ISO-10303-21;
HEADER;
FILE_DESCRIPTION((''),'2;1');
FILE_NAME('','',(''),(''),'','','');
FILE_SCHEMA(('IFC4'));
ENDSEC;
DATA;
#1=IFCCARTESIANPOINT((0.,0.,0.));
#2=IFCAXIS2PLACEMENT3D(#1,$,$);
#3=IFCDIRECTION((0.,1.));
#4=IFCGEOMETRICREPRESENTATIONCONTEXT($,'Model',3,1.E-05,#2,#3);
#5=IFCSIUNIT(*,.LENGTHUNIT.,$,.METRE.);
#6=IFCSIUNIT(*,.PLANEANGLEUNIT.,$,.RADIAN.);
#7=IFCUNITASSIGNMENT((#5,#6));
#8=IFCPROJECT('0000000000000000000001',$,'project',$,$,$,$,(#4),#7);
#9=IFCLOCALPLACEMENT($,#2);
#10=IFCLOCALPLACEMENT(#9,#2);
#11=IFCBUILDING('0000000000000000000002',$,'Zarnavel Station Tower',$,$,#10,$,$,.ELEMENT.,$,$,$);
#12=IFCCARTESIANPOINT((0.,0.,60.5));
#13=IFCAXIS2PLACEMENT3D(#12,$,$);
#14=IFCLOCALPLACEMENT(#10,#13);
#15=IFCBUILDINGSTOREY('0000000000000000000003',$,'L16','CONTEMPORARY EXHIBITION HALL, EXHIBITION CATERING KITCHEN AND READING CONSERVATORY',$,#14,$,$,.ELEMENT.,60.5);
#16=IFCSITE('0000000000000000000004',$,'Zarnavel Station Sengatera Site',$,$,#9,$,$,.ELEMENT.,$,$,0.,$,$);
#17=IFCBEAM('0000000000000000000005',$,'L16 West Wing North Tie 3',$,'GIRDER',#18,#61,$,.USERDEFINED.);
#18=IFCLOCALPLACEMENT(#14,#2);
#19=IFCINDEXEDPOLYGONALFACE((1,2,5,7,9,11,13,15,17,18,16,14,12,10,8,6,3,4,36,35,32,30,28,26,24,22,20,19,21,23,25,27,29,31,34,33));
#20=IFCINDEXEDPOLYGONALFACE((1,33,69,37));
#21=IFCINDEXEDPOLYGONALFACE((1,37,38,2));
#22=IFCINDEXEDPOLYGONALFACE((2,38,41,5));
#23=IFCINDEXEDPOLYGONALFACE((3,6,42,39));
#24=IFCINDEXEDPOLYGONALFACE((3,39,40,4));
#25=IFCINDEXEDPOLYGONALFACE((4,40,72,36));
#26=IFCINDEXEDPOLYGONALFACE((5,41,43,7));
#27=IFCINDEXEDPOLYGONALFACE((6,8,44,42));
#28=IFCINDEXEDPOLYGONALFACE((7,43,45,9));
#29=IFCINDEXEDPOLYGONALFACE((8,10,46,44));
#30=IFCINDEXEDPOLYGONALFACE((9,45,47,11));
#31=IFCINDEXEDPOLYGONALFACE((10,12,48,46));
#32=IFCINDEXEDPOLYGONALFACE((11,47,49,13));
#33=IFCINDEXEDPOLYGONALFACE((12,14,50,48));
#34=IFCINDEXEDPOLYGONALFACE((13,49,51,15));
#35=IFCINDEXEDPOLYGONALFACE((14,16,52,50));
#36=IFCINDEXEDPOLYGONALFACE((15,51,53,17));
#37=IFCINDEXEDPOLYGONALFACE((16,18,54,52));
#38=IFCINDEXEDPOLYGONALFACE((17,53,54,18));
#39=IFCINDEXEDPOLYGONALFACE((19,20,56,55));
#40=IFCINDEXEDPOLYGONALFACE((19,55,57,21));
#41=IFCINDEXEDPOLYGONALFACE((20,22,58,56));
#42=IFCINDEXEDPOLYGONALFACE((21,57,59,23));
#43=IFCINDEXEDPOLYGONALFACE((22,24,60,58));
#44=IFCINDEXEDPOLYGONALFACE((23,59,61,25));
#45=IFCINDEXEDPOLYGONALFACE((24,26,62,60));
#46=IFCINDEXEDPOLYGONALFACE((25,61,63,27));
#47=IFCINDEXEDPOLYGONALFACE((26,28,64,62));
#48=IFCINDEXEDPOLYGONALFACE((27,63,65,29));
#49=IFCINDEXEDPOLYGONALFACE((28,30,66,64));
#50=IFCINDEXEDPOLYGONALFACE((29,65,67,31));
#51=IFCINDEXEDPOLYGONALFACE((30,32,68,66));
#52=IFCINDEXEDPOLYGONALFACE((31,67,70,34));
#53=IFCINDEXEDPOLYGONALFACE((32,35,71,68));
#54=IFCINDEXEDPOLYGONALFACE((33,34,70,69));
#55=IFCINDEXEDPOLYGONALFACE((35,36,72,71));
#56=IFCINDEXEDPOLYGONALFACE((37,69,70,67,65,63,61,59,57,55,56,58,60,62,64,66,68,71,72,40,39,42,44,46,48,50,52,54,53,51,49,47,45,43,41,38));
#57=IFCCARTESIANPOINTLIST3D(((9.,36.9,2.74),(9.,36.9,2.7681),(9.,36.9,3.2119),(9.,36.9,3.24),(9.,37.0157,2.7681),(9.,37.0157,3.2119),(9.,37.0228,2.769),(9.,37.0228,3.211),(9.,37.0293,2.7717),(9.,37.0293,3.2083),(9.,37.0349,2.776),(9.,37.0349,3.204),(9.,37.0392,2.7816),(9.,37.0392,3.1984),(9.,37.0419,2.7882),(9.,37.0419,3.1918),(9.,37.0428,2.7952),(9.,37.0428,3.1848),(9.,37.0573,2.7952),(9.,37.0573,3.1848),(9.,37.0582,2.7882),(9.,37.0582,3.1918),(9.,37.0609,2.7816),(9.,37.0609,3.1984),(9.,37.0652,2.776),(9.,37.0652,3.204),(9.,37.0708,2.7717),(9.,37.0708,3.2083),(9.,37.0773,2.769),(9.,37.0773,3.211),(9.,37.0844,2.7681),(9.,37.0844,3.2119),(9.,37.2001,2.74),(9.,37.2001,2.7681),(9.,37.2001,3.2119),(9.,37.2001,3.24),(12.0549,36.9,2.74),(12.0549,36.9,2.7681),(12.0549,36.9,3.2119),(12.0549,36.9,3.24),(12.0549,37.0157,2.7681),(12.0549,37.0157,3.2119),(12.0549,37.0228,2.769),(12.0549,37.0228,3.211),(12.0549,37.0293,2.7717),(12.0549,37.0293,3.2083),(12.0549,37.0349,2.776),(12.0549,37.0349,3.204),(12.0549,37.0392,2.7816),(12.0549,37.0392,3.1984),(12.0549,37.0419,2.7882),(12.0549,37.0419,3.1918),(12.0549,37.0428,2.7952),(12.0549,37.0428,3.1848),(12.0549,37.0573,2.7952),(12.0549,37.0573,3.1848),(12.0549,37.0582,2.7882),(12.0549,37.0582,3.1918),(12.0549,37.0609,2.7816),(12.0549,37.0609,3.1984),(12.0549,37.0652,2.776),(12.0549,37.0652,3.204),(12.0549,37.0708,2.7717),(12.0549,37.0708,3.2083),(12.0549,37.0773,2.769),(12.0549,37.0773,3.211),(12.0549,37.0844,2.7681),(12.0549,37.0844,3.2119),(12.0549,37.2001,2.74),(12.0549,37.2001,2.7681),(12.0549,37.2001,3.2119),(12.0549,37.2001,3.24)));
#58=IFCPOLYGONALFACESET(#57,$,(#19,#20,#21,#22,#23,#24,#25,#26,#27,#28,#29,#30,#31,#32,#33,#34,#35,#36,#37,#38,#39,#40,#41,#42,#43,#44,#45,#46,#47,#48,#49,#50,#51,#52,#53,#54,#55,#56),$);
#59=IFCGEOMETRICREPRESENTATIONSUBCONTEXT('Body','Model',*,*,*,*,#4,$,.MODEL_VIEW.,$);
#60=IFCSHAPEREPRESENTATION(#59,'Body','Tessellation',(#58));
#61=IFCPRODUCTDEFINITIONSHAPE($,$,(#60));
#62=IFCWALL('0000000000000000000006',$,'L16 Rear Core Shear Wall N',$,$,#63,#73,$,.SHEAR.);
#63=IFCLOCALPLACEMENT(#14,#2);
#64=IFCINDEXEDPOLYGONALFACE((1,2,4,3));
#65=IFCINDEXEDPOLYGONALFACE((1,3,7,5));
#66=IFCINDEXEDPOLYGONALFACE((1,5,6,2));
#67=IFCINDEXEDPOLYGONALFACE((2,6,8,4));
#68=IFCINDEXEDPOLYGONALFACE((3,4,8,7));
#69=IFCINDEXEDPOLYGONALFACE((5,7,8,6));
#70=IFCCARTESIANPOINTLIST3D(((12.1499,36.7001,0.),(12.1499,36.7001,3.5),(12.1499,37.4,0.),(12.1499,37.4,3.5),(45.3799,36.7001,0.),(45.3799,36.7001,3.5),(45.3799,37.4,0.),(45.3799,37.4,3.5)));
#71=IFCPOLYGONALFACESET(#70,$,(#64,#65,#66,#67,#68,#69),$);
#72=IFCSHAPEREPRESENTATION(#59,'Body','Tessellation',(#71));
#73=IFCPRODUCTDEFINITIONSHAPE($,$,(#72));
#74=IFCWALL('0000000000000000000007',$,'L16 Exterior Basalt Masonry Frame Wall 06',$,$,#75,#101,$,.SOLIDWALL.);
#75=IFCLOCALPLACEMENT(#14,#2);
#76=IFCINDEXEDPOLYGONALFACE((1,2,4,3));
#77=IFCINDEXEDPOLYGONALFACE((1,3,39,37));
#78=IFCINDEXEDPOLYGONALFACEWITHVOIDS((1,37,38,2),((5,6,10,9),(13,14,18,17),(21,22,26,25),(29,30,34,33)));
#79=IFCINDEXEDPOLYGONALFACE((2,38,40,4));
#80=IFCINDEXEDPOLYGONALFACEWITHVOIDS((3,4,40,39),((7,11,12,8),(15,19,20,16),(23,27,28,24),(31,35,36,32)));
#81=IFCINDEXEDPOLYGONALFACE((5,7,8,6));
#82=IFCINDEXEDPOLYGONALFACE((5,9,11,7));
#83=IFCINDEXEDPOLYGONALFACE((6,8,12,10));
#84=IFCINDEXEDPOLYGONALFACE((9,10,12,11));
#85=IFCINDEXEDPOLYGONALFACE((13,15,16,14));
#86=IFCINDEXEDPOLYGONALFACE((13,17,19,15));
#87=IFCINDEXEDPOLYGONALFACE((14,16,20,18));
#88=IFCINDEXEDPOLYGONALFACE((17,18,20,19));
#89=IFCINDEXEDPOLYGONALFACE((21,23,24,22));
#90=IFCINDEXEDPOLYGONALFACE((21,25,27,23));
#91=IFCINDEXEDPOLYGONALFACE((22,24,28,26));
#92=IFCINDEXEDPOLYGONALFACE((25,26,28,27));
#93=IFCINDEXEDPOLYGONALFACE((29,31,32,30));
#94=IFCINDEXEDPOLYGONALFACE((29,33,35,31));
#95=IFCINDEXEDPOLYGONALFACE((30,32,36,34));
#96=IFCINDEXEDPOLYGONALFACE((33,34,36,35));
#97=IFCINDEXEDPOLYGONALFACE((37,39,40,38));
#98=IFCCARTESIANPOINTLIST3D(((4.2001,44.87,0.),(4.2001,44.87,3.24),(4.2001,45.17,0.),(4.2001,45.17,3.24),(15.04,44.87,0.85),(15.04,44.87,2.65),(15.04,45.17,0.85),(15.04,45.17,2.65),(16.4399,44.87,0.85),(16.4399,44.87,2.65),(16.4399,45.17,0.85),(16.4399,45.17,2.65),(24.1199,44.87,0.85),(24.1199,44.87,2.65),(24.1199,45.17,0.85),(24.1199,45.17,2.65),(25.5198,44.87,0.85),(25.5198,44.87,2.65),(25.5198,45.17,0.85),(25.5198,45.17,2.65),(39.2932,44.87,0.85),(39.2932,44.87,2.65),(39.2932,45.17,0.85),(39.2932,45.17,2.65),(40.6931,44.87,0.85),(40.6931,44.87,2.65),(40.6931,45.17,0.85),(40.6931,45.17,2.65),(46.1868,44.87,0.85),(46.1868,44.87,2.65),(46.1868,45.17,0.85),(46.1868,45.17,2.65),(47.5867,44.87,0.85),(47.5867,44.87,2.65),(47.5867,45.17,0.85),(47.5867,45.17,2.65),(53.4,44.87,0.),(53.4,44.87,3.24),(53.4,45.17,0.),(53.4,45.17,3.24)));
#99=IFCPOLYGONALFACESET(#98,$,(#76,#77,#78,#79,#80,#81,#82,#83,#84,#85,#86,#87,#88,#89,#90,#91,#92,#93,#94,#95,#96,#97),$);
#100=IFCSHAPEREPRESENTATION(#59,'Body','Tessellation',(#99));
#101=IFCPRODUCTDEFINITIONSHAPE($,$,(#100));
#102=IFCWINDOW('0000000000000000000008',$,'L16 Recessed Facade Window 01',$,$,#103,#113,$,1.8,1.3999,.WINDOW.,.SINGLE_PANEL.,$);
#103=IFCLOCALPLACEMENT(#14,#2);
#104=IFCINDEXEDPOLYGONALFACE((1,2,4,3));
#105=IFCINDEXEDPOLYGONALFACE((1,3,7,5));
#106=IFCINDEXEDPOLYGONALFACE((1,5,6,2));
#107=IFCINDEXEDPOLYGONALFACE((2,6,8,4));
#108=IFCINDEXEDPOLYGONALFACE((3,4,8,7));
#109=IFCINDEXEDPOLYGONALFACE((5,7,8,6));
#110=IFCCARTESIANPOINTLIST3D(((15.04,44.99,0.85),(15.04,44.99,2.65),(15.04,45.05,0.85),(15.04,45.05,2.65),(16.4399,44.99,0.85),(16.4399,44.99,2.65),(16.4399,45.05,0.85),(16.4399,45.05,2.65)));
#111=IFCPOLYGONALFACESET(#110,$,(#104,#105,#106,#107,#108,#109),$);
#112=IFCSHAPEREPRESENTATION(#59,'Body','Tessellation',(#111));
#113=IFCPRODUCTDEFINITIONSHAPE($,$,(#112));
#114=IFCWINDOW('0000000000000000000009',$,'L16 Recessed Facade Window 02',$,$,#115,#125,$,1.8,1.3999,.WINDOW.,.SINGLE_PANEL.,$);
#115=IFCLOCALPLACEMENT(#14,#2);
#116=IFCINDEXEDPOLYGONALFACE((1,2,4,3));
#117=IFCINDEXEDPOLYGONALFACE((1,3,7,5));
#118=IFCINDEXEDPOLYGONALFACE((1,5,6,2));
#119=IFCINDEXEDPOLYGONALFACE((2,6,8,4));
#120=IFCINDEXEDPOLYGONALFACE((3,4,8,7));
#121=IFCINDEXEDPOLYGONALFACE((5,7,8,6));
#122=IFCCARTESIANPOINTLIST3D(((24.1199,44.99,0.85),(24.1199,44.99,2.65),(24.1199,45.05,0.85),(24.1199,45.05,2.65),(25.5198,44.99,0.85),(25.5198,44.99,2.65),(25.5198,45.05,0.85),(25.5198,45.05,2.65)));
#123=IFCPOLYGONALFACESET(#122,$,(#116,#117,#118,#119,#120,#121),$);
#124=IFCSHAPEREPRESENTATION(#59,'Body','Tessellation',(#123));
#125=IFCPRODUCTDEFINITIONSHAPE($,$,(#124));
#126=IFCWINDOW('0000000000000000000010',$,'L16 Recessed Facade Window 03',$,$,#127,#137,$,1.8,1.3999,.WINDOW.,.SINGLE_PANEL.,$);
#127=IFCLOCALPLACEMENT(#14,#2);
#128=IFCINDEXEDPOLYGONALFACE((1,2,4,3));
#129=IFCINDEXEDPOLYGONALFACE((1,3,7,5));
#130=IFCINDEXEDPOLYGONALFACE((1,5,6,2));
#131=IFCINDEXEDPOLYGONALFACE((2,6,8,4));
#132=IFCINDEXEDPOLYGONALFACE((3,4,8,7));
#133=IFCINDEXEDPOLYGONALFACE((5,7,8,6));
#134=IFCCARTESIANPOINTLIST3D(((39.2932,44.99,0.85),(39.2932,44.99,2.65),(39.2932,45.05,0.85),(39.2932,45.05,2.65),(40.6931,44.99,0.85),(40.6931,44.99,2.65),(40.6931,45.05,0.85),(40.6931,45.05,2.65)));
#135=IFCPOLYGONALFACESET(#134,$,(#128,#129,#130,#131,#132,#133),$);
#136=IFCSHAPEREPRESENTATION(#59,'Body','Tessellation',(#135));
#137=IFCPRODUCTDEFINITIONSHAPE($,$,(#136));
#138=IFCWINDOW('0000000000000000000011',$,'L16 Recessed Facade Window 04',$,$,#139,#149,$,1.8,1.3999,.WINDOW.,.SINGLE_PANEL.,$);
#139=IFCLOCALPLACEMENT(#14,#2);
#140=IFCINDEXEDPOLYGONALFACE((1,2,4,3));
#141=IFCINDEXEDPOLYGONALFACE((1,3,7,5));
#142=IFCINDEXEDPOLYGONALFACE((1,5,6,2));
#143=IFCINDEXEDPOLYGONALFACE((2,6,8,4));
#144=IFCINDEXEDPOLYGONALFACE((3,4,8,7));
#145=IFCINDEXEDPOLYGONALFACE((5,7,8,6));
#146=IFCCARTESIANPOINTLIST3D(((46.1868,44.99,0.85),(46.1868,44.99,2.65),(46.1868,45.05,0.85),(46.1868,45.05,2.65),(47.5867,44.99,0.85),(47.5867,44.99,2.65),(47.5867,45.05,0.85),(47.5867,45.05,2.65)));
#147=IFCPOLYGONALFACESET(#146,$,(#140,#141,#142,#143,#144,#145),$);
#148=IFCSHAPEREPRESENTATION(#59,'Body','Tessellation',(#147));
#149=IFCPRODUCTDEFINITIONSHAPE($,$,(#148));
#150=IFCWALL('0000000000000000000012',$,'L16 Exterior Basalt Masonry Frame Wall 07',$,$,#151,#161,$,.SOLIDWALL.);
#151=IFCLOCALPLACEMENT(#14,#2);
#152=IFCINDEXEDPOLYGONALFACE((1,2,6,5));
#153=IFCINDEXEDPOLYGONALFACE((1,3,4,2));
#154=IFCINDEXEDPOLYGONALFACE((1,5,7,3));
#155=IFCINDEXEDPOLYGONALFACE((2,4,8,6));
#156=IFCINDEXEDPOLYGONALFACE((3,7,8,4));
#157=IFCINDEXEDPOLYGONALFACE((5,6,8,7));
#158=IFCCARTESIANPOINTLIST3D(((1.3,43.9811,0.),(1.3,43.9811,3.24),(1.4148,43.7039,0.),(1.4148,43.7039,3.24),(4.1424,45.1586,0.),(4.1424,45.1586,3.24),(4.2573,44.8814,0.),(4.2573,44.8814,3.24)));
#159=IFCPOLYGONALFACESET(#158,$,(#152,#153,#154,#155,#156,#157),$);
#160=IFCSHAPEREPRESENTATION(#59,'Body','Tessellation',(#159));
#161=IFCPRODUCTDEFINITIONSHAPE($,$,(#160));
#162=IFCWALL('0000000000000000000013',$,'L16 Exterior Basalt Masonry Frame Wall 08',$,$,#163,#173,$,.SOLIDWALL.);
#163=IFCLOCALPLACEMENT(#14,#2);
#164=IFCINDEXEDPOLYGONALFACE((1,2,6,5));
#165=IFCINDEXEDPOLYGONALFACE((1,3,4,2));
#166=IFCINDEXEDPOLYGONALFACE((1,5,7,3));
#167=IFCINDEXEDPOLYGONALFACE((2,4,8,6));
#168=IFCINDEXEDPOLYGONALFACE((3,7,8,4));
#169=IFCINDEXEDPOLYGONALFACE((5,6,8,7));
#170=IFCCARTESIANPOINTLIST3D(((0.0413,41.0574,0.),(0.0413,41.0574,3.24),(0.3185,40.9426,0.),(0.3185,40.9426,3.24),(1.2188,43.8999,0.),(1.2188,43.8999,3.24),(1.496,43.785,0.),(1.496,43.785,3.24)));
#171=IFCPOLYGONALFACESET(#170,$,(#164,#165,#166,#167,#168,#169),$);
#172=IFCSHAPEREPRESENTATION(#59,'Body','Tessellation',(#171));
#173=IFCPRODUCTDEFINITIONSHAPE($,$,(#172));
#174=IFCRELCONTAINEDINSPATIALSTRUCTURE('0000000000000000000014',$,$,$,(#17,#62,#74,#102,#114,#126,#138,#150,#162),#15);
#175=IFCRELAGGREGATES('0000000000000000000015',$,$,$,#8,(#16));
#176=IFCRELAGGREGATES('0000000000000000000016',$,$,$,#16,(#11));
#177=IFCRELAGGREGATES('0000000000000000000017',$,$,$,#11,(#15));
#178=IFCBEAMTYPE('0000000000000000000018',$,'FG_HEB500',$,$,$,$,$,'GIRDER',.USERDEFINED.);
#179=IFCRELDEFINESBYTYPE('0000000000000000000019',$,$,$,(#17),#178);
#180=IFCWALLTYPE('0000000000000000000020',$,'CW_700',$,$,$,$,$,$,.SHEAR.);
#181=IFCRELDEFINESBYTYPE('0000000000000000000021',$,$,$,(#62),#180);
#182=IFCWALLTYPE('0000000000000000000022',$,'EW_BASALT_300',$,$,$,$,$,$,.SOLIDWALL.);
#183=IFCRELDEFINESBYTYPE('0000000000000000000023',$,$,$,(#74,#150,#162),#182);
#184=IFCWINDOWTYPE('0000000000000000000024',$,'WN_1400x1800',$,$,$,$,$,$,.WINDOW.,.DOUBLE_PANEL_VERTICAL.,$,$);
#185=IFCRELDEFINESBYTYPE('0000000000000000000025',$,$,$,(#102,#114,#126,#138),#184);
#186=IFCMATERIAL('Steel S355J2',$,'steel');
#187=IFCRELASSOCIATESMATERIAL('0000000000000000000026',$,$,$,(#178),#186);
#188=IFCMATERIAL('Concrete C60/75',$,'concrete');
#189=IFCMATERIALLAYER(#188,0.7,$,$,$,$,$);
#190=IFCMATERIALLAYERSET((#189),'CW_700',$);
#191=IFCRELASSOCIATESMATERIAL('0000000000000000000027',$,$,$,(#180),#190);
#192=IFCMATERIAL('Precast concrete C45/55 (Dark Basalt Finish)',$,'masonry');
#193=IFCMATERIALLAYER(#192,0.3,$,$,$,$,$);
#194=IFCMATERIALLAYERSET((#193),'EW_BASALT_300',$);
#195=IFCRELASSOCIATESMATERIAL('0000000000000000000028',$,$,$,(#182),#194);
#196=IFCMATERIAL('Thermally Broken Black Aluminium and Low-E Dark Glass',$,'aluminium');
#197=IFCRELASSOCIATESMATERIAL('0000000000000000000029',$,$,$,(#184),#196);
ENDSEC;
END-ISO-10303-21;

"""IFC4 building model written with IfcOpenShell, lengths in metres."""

from ifc_helpers import new_model, si_unit, direction, frame, frame_2d, origin, origin_2d, place, context, subcontext, project, spatial, rectangle, i_section, extrude, material, layer, layer_set, material_profile, profile_set, type_object, element, fill, save


model = new_model("IFC4")

# Units and contexts
model_context = context("Model", 3, precision=1e-05, world=origin(), true_north=direction((0.0, 1.0)))
body_context = subcontext(model_context, "Body", "Model", "MODEL_VIEW")
ifc_project = project(units=[si_unit("LENGTHUNIT", "METRE"), si_unit("PLANEANGLEUNIT", "RADIAN")], contexts=[model_context])

# Site, building, storey
site_placement = place(None, origin())
site = spatial("IfcSite", under=ifc_project, at=site_placement, Name="Zarnavel Station Sengatera Site", CompositionType="ELEMENT", RefElevation=0.0)
building_placement = place(site_placement, origin())
building = spatial("IfcBuilding", under=site, at=building_placement, Name="Zarnavel Station Tower", CompositionType="ELEMENT")
storey_placement = place(building_placement, frame((0.0, 0.0, 60.5)))
storey = spatial("IfcBuildingStorey", under=building, at=storey_placement, Name="L16", Description="CONTEMPORARY EXHIBITION HALL, EXHIBITION CATERING KITCHEN AND READING CONSERVATORY", CompositionType="ELEMENT", Elevation=60.5)

# Beam
ifc_material_1 = material(Name="Steel S355J2", Category="steel")
ifc_material_profile_1 = material_profile(ifc_material_1, i_section(OverallWidth=0.3, OverallDepth=0.5, WebThickness=0.0144, FlangeThickness=0.0281, FilletRadius=0.0271, at=origin_2d()), Name="HEB500")
ifc_profile_set_1 = profile_set([ifc_material_profile_1], Name="Steel S355J2")
beam_type = type_object("IfcBeamType", Name="FG_HEB500", ElementType="GIRDER", PredefinedType="USERDEFINED", material=ifc_profile_set_1)
beam_1_placement = place(storey_placement, frame((9.0, 37.05, 2.99), z_axis=(1.0, 0.0, 0.0), x_axis=(0.0, 1.0, 0.0)))
element("IfcBeam", 1, at=beam_1_placement, inside=storey, type_object=beam_type, Name="L16 West Wing North Tie 3", ObjectType="GIRDER", PredefinedType="USERDEFINED", context=body_context, shape_type="SweptSolid", body=[
    extrude(i_section(OverallWidth=0.3, OverallDepth=0.5, WebThickness=0.0144, FlangeThickness=0.0281, FilletRadius=0.0271, at=origin_2d()), origin(), (0.0, 0.0, 1.0), 3.0549),
])

# Wall
ifc_material_2 = material(Name="Concrete C60/75", Category="concrete")
ifc_layer_1 = layer(ifc_material_2, 0.7)
ifc_layer_set_1 = layer_set([ifc_layer_1], Name="CW_700")
wall_type_1 = type_object("IfcWallType", Name="CW_700", PredefinedType="SHEAR", material=ifc_layer_set_1)
wall_1_placement = place(storey_placement, frame((12.1499, 37.05, 0.0), z_axis=(0.0, 0.0, 1.0), x_axis=(1.0, 0.0, 0.0)))
element("IfcWall", 2, at=wall_1_placement, inside=storey, type_object=wall_type_1, Name="L16 Rear Core Shear Wall N", PredefinedType="SHEAR", context=body_context, shape_type="SweptSolid", body=[
    extrude(rectangle(XDim=33.23, YDim=0.7, at=frame_2d((16.615, 0.0))), origin(), (0.0, 0.0, 1.0), 3.5),
])

# Wall, openings, windows
ifc_material_3 = material(Name="Precast concrete C45/55 (Dark Basalt Finish)", Category="masonry")
ifc_layer_2 = layer(ifc_material_3, 0.3)
ifc_layer_set_2 = layer_set([ifc_layer_2], Name="EW_BASALT_300")
wall_type_2 = type_object("IfcWallType", Name="EW_BASALT_300", PredefinedType="SOLIDWALL", material=ifc_layer_set_2)
wall_2_placement = place(storey_placement, frame((4.2, 45.02, 0.0), z_axis=(0.0, 0.0, 1.0), x_axis=(1.0, 0.0, 0.0)))
wall_2 = element("IfcWall", 3, at=wall_2_placement, inside=storey, type_object=wall_type_2, Name="L16 Exterior Basalt Masonry Frame Wall 06", PredefinedType="SOLIDWALL", context=body_context, shape_type="SweptSolid", body=[
    extrude(rectangle(XDim=49.2, YDim=0.3, at=frame_2d((24.6001, 0.0))), origin(), (0.0, 0.0, 1.0), 3.24),
])
opening_1_placement = place(wall_2_placement, frame((10.8401, 0.0, 0.8501)))
opening_1 = element("IfcOpeningElement", 4, at=opening_1_placement, cuts=wall_2, PredefinedType="OPENING", context=body_context, shape_type="SweptSolid", body=[
    extrude(rectangle(XDim=1.3999, YDim=1.8, at=frame_2d((0.7, 0.8999))), frame((0.0, 0.1599, 0.0), z_axis=(0.0, -1.0, 0.0), x_axis=(1.0, 0.0, 0.0)), (0.0, 0.0, 1.0), 0.3201),
])
opening_2_placement = place(wall_2_placement, frame((19.9199, 0.0, 0.8501)))
opening_2 = element("IfcOpeningElement", 5, at=opening_2_placement, cuts=wall_2, PredefinedType="OPENING", context=body_context, shape_type="SweptSolid", body=[
    extrude(rectangle(XDim=1.3999, YDim=1.8, at=frame_2d((0.7, 0.8999))), frame((0.0, 0.1599, 0.0), z_axis=(0.0, -1.0, 0.0), x_axis=(1.0, 0.0, 0.0)), (0.0, 0.0, 1.0), 0.3201),
])
opening_3_placement = place(wall_2_placement, frame((35.0933, 0.0, 0.8501)))
opening_3 = element("IfcOpeningElement", 6, at=opening_3_placement, cuts=wall_2, PredefinedType="OPENING", context=body_context, shape_type="SweptSolid", body=[
    extrude(rectangle(XDim=1.3999, YDim=1.8, at=frame_2d((0.7, 0.8999))), frame((0.0, 0.1599, 0.0), z_axis=(0.0, -1.0, 0.0), x_axis=(1.0, 0.0, 0.0)), (0.0, 0.0, 1.0), 0.3201),
])
opening_4_placement = place(wall_2_placement, frame((41.9868, 0.0, 0.8501)))
opening_4 = element("IfcOpeningElement", 7, at=opening_4_placement, cuts=wall_2, PredefinedType="OPENING", context=body_context, shape_type="SweptSolid", body=[
    extrude(rectangle(XDim=1.3999, YDim=1.8, at=frame_2d((0.7, 0.8999))), frame((0.0, 0.1599, 0.0), z_axis=(0.0, -1.0, 0.0), x_axis=(1.0, 0.0, 0.0)), (0.0, 0.0, 1.0), 0.3201),
])
ifc_material_4 = material(Name="Thermally Broken Black Aluminium and Low-E Dark Glass", Category="aluminium")
window_type = type_object("IfcWindowType", Name="WN_1400x1800", PartitioningType="DOUBLE_PANEL_VERTICAL", PredefinedType="WINDOW", material=ifc_material_4)
window_1_placement = place(opening_1_placement, origin())
window_1 = element("IfcWindow", 8, at=window_1_placement, inside=storey, type_object=window_type, Name="L16 Recessed Facade Window 01", OverallHeight=1.8, OverallWidth=1.3999, PartitioningType="SINGLE_PANEL", PredefinedType="WINDOW", context=body_context, shape_type="SweptSolid", body=[
    extrude(rectangle(XDim=1.3999, YDim=1.8, at=frame_2d((0.7, 0.8999))), frame((0.0, 0.03, 0.0), z_axis=(0.0, -1.0, 0.0), x_axis=(1.0, 0.0, 0.0)), (0.0, 0.0, 1.0), 0.0601),
])
fill(opening_1, window_1)
window_2_placement = place(opening_2_placement, origin())
window_2 = element("IfcWindow", 9, at=window_2_placement, inside=storey, type_object=window_type, Name="L16 Recessed Facade Window 02", OverallHeight=1.8, OverallWidth=1.3999, PartitioningType="SINGLE_PANEL", PredefinedType="WINDOW", context=body_context, shape_type="SweptSolid", body=[
    extrude(rectangle(XDim=1.3999, YDim=1.8, at=frame_2d((0.7, 0.8999))), frame((0.0, 0.03, 0.0), z_axis=(0.0, -1.0, 0.0), x_axis=(1.0, 0.0, 0.0)), (0.0, 0.0, 1.0), 0.0601),
])
fill(opening_2, window_2)
window_3_placement = place(opening_3_placement, origin())
window_3 = element("IfcWindow", 10, at=window_3_placement, inside=storey, type_object=window_type, Name="L16 Recessed Facade Window 03", OverallHeight=1.8, OverallWidth=1.3999, PartitioningType="SINGLE_PANEL", PredefinedType="WINDOW", context=body_context, shape_type="SweptSolid", body=[
    extrude(rectangle(XDim=1.3999, YDim=1.8, at=frame_2d((0.7, 0.8999))), frame((0.0, 0.03, 0.0), z_axis=(0.0, -1.0, 0.0), x_axis=(1.0, 0.0, 0.0)), (0.0, 0.0, 1.0), 0.0601),
])
fill(opening_3, window_3)
window_4_placement = place(opening_4_placement, origin())
window_4 = element("IfcWindow", 11, at=window_4_placement, inside=storey, type_object=window_type, Name="L16 Recessed Facade Window 04", OverallHeight=1.8, OverallWidth=1.3999, PartitioningType="SINGLE_PANEL", PredefinedType="WINDOW", context=body_context, shape_type="SweptSolid", body=[
    extrude(rectangle(XDim=1.3999, YDim=1.8, at=frame_2d((0.7, 0.8999))), frame((0.0, 0.03, 0.0), z_axis=(0.0, -1.0, 0.0), x_axis=(1.0, 0.0, 0.0)), (0.0, 0.0, 1.0), 0.0601),
])
fill(opening_4, window_4)

# Walls
for number, where, z_axis, x_axis, name in (
    (12, (1.3574, 43.8425, 0.0), (0.0, 0.0, 1.0), (0.923871, 0.382705, 0.0), "L16 Exterior Basalt Masonry Frame Wall 07"),
    (13, (0.1799, 41.0, 0.0), (0.0, 0.0, 1.0), (0.382705, 0.923871, 0.0), "L16 Exterior Basalt Masonry Frame Wall 08"),
):
    element("IfcWall", number, at=place(storey_placement, frame(where, z_axis=z_axis, x_axis=x_axis)), inside=storey, type_object=wall_type_2, Name=name, PredefinedType="SOLIDWALL", context=body_context, shape_type="SweptSolid", body=[
        extrude(rectangle(XDim=3.0767, YDim=0.3, at=frame_2d((1.5383, 0.0))), origin(), (0.0, 0.0, 1.0), 3.24),
    ])

save(model, "model.ifc")
